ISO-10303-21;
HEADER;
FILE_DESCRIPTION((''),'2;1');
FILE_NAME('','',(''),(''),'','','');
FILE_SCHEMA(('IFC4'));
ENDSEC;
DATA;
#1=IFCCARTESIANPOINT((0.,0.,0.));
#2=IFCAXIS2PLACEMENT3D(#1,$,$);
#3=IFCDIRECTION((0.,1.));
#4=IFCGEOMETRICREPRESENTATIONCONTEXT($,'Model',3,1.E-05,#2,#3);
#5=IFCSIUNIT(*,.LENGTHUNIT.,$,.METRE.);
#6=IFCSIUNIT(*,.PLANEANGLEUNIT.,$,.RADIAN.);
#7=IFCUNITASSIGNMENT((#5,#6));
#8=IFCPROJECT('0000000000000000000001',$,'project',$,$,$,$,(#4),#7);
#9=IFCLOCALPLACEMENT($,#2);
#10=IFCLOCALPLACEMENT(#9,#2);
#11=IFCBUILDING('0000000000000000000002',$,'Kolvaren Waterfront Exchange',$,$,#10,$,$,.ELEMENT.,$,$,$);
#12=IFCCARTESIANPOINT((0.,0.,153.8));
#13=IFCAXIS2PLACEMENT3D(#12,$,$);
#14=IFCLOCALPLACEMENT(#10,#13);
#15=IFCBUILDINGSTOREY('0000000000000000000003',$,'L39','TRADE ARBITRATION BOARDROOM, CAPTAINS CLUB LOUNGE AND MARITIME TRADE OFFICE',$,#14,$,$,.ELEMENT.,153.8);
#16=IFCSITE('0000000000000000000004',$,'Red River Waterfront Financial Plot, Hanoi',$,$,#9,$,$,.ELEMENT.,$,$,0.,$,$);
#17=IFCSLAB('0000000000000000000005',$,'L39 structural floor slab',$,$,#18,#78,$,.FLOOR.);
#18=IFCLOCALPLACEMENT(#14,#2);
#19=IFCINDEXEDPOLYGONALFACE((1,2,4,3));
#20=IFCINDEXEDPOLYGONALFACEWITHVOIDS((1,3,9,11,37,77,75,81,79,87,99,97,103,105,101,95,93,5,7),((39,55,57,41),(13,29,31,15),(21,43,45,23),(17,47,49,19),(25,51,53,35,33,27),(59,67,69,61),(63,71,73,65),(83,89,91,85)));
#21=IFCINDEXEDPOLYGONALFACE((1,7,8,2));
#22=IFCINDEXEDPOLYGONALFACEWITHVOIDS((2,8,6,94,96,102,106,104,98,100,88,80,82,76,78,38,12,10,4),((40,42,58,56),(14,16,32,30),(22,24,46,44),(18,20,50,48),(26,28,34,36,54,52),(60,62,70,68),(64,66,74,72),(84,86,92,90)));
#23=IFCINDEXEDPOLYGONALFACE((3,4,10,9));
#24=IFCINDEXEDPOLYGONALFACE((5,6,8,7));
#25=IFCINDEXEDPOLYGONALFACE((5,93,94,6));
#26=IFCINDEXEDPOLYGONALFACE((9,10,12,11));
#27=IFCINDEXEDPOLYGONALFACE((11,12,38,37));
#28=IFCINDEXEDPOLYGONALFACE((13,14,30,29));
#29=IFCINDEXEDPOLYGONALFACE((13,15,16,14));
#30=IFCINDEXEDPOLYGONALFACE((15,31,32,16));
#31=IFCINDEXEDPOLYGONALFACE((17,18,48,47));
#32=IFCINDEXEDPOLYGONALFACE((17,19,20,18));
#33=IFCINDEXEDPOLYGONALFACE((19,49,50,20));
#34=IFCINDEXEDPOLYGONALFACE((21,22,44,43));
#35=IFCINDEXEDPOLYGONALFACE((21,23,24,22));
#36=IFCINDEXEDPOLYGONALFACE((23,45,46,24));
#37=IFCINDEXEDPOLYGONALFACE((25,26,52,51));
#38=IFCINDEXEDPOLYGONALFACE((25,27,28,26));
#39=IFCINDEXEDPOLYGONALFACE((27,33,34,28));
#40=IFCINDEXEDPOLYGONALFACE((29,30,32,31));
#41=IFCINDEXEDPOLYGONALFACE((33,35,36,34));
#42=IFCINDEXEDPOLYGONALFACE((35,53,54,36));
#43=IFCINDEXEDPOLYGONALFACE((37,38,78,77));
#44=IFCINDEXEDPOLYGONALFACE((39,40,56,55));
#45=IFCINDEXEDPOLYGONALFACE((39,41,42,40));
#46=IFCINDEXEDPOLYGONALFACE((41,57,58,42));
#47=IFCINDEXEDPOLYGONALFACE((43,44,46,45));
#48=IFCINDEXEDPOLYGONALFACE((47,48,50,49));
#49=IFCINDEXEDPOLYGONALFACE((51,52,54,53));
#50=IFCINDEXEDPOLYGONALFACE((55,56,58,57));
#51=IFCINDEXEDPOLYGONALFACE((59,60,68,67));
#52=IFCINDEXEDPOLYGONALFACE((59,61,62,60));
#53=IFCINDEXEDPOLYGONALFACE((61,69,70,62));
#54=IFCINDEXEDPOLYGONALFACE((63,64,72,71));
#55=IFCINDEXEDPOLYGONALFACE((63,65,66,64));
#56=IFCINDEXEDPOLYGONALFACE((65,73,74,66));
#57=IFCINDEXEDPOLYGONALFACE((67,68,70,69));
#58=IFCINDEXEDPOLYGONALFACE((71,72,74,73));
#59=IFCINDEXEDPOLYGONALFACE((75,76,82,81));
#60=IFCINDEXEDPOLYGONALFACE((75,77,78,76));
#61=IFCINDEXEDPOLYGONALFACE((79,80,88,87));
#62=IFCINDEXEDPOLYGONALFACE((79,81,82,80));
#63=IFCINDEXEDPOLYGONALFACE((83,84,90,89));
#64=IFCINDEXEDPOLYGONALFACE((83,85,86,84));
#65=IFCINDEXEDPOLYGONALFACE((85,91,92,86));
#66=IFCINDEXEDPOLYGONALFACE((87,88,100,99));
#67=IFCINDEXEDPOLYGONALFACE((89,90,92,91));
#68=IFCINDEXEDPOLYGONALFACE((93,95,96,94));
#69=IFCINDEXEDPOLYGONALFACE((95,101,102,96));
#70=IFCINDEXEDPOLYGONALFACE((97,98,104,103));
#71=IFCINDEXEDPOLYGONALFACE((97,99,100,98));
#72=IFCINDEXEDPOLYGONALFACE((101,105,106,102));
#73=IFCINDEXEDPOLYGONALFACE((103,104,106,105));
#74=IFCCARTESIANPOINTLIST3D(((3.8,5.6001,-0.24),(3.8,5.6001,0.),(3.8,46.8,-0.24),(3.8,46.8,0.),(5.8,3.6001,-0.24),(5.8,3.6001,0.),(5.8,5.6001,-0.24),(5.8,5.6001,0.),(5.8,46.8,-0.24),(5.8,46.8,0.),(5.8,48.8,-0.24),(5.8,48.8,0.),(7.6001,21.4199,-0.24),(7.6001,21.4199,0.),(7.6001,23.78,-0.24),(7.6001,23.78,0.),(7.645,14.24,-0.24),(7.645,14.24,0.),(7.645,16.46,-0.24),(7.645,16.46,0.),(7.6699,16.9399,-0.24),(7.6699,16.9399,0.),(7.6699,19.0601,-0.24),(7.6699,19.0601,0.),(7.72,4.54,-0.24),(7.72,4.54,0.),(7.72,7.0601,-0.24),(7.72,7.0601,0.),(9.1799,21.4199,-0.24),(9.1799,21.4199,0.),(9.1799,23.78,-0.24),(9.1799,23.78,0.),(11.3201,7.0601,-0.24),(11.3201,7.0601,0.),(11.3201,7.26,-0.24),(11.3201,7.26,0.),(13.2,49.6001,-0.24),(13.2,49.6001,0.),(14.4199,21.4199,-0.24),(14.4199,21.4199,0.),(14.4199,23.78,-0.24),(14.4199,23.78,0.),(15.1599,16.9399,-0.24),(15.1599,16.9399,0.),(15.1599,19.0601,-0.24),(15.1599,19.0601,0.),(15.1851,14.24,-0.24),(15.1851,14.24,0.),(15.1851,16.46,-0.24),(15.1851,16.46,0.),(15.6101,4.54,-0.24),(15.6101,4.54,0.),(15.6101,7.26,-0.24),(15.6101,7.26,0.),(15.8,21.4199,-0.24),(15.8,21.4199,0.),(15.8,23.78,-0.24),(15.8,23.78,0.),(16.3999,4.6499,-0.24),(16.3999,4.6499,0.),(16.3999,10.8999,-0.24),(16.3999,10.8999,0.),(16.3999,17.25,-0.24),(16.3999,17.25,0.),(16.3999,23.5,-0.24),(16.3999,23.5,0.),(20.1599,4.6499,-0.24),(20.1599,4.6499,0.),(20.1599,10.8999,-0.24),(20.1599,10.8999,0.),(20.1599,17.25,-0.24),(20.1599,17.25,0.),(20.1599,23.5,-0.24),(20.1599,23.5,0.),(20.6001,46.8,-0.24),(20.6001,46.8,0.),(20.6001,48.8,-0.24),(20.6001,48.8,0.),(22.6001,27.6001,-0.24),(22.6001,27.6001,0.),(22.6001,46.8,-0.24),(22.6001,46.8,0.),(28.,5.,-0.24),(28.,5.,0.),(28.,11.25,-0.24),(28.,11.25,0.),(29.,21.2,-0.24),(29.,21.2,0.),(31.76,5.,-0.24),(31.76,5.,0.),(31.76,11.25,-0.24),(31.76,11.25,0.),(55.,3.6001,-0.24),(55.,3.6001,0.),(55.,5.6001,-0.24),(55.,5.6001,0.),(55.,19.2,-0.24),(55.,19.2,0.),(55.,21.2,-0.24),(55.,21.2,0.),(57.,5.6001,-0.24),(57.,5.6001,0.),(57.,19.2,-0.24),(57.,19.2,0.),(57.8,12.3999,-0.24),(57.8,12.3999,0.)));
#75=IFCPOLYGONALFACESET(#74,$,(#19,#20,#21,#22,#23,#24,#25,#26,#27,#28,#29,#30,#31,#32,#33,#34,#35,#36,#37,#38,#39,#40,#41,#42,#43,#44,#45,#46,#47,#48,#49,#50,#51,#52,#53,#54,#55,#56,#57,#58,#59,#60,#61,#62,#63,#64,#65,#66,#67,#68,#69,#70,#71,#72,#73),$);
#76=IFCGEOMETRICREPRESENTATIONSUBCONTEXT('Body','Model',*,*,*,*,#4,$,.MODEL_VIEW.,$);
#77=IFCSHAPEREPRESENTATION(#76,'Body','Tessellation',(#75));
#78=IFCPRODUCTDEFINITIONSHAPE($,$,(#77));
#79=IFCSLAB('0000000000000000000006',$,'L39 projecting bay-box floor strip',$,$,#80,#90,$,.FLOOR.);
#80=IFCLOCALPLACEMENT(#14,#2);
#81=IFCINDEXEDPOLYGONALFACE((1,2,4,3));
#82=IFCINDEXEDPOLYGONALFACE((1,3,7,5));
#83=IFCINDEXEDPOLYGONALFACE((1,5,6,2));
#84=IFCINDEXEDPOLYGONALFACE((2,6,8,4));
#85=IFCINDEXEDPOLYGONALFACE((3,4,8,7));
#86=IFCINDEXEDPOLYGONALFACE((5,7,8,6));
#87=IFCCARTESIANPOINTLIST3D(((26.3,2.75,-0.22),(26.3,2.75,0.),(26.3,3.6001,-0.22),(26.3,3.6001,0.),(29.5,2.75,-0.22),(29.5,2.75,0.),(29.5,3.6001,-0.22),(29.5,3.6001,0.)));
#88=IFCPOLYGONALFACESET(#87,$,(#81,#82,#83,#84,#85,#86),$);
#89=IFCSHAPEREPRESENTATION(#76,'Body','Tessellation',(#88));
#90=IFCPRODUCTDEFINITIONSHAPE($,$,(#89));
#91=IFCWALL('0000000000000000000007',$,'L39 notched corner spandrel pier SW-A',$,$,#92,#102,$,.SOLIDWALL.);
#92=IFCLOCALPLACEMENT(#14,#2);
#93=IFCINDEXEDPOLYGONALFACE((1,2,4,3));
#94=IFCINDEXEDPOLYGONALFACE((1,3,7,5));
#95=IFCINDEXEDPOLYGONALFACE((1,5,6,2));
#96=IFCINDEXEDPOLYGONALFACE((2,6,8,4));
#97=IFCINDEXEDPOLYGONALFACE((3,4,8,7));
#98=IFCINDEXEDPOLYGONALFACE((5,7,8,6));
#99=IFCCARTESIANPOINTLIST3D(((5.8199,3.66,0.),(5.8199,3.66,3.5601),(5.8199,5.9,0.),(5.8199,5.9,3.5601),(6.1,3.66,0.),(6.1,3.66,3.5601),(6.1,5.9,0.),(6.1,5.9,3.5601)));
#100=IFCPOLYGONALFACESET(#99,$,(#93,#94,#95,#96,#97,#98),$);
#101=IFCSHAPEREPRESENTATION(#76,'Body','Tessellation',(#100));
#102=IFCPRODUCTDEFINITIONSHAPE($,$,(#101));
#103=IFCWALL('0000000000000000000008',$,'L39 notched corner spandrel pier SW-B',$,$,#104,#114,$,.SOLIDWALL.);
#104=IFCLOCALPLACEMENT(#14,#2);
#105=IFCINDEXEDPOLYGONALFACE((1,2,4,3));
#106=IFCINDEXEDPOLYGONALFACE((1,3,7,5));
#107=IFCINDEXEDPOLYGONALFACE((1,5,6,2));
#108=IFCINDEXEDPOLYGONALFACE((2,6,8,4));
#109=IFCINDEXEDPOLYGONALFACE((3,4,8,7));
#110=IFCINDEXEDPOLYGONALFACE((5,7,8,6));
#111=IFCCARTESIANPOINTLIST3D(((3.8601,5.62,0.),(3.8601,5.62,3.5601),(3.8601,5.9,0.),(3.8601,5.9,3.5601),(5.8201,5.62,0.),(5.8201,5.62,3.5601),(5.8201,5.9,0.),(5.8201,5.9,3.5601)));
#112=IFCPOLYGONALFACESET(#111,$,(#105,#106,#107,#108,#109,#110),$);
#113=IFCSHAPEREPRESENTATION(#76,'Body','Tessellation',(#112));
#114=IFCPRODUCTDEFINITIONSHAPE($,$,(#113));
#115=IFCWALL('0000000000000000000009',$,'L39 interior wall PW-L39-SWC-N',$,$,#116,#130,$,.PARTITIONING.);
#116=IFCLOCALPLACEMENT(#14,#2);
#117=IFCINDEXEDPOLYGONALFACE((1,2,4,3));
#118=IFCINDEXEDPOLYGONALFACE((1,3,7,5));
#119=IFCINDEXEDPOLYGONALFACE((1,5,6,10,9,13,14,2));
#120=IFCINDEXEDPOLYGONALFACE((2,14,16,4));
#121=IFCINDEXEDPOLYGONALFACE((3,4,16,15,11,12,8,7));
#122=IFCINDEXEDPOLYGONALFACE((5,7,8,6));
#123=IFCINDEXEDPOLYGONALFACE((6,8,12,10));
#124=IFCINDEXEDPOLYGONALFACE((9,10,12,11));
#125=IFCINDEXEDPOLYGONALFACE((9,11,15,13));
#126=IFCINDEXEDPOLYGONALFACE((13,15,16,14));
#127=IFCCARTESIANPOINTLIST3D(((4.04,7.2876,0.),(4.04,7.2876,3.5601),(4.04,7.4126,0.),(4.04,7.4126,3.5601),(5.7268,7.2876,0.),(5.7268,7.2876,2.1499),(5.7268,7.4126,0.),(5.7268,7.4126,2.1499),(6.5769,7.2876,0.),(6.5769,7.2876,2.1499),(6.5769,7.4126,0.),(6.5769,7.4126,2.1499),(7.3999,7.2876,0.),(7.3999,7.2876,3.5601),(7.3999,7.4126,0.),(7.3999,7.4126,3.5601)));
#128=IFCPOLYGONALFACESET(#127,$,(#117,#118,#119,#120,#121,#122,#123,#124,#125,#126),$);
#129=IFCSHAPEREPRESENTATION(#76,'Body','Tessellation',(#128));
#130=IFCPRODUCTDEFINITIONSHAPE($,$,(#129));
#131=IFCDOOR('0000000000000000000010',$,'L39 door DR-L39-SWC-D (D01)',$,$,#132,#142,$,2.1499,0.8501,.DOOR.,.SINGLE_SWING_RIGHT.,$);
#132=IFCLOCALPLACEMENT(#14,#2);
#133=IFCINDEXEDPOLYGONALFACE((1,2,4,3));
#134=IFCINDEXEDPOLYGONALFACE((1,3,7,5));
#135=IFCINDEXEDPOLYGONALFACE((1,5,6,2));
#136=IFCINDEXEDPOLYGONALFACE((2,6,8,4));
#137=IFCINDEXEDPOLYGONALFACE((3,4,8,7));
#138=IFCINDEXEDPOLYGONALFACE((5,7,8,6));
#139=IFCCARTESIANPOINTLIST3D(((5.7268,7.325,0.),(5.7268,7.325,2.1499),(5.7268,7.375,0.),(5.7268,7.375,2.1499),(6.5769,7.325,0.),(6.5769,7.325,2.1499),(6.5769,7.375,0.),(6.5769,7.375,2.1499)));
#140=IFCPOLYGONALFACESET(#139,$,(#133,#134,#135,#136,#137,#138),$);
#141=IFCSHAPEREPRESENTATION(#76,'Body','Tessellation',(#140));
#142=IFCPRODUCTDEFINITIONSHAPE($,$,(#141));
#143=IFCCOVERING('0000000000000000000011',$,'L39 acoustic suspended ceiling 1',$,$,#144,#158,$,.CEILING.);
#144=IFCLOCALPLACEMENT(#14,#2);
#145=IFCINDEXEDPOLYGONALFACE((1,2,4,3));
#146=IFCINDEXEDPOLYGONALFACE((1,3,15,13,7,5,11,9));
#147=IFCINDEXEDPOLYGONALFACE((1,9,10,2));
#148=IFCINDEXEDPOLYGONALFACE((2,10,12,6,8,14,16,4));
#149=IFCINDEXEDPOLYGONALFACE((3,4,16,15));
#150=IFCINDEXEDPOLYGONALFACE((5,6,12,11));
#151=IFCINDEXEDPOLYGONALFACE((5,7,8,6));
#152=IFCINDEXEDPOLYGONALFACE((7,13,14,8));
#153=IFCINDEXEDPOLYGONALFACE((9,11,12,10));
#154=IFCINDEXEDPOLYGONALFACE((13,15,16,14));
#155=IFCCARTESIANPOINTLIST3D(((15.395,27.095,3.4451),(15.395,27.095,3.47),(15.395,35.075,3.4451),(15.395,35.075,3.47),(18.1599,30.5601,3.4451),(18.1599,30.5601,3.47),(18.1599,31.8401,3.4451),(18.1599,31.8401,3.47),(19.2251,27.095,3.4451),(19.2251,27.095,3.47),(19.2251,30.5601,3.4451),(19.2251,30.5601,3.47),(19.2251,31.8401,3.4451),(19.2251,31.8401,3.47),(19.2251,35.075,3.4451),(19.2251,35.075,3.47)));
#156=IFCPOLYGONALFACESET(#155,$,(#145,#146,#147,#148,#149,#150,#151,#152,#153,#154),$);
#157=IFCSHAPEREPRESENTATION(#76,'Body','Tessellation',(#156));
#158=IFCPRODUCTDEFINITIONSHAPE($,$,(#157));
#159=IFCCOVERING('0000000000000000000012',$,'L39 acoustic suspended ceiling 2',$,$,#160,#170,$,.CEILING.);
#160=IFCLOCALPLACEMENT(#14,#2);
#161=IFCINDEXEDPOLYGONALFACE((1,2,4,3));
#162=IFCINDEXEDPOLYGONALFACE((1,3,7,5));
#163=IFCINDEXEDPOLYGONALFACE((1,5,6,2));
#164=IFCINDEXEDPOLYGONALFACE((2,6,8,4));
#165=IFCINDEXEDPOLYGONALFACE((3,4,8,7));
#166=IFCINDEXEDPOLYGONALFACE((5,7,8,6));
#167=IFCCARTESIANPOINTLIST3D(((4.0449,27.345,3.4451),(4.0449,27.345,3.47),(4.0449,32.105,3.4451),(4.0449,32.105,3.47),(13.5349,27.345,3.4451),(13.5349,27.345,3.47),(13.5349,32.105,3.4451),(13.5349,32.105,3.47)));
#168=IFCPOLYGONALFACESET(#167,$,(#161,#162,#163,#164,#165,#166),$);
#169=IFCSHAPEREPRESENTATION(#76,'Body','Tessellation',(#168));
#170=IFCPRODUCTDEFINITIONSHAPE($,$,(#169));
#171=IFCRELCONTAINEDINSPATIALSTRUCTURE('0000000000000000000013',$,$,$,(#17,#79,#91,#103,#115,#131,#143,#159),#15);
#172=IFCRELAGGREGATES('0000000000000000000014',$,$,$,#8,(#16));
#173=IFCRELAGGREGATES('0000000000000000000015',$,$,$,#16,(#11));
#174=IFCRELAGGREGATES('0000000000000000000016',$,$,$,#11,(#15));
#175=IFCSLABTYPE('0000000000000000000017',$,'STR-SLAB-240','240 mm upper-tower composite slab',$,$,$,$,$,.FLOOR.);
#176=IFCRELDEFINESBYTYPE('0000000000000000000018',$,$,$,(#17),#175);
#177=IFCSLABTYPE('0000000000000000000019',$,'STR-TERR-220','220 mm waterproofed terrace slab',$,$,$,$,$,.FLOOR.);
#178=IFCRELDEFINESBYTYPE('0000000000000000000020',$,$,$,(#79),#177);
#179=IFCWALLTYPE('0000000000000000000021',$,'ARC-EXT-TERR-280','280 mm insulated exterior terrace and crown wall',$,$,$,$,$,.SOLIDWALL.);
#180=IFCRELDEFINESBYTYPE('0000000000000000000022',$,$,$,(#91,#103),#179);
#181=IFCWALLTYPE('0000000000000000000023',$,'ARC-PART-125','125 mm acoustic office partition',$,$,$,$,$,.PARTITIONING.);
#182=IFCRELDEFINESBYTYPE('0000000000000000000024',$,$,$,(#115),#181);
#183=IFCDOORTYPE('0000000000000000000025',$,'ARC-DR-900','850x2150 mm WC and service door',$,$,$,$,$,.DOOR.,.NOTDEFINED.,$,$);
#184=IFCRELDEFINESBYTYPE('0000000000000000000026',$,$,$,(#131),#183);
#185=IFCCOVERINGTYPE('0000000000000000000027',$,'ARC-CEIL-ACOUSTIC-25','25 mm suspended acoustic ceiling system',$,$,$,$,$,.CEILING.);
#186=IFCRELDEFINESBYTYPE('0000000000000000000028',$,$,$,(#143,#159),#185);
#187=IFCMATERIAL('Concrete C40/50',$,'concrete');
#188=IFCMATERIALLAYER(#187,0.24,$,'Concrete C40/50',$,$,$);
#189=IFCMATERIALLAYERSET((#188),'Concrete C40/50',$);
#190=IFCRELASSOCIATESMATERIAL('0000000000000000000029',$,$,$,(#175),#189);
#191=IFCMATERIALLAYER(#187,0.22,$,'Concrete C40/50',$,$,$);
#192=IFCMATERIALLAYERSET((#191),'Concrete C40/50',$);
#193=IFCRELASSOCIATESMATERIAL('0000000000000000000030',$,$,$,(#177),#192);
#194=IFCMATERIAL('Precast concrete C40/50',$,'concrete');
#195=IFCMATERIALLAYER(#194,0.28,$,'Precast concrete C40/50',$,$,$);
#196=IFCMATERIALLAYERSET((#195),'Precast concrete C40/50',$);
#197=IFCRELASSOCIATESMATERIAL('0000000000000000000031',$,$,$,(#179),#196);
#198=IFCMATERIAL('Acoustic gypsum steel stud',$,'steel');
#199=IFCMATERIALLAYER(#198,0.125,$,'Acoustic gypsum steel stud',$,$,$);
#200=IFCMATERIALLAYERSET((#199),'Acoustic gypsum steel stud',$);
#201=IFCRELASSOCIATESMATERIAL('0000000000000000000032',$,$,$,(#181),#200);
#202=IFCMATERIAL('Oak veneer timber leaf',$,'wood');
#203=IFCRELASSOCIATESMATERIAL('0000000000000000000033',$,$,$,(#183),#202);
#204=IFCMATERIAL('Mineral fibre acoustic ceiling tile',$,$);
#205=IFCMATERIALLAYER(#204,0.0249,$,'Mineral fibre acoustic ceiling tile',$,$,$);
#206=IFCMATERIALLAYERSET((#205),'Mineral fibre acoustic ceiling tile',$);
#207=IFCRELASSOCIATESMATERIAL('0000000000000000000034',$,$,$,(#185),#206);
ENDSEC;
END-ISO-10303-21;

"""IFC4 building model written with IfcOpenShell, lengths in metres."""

from ifc_helpers import new_model, si_unit, direction, frame, frame_2d, origin, place, context, subcontext, project, spatial, polyline, rectangle, outline, extrude, material, layer, layer_set, type_object, element, fill, save


model = new_model("IFC4")

# Units and contexts
model_context = context("Model", 3, precision=1e-05, world=origin(), true_north=direction((0.0, 1.0)))
body_context = subcontext(model_context, "Body", "Model", "MODEL_VIEW")
ifc_project = project(units=[si_unit("LENGTHUNIT", "METRE"), si_unit("PLANEANGLEUNIT", "RADIAN")], contexts=[model_context])

# Site, building, storey
site_placement = place(None, origin())
site = spatial("IfcSite", under=ifc_project, at=site_placement, Name="Red River Waterfront Financial Plot, Hanoi", CompositionType="ELEMENT", RefElevation=0.0)
building_placement = place(site_placement, origin())
building = spatial("IfcBuilding", under=site, at=building_placement, Name="Kolvaren Waterfront Exchange", CompositionType="ELEMENT")
storey_placement = place(building_placement, frame((0.0, 0.0, 153.8)))
storey = spatial("IfcBuildingStorey", under=building, at=storey_placement, Name="L39", Description="TRADE ARBITRATION BOARDROOM, CAPTAINS CLUB LOUNGE AND MARITIME TRADE OFFICE", CompositionType="ELEMENT", Elevation=153.8)

# Shared definitions
ifc_material_1 = material(Name="Concrete C40/50", Category="concrete")

# Slabs
ifc_layer_1 = layer(ifc_material_1, 0.24, Name="Concrete C40/50")
ifc_layer_set_1 = layer_set([ifc_layer_1], Name="Concrete C40/50")
slab_type_1 = type_object("IfcSlabType", Name="STR-SLAB-240", Description="240 mm upper-tower composite slab", PredefinedType="FLOOR", material=ifc_layer_set_1)
slab_1_placement = place(storey_placement, frame((0.0, 0.0, -0.24)))
element("IfcSlab", 1, at=slab_1_placement, inside=storey, type_object=slab_type_1, Name="L39 structural floor slab", PredefinedType="FLOOR", context=body_context, shape_type="SweptSolid", body=[
    extrude(outline(polyline([(5.8, 3.6001), (55.0, 3.6001), (55.0, 5.6001), (57.0, 5.6001), (57.8, 12.3999), (57.0, 19.2), (55.0, 19.2), (55.0, 21.2), (29.0, 21.2), (22.6001, 27.6001), (22.6001, 46.8), (20.6001, 46.8), (20.6001, 48.8), (13.2, 49.6001), (5.8, 48.8), (5.8, 46.8), (3.8, 46.8), (3.8, 5.6001), (5.8, 5.6001), (5.8, 3.6001)]), holes=[polyline([(11.3201, 7.26), (15.6101, 7.26), (15.6101, 4.54), (7.72, 4.54), (7.72, 7.0601), (11.3201, 7.0601), (11.3201, 7.26)]), polyline([(20.1599, 10.8999), (20.1599, 4.6499), (16.3999, 4.6499), (16.3999, 10.8999), (20.1599, 10.8999)]), polyline([(31.76, 11.25), (31.76, 5.0), (28.0, 5.0), (28.0, 11.25), (31.76, 11.25)]), polyline([(15.1851, 14.24), (7.645, 14.24), (7.645, 16.46), (15.1851, 16.46), (15.1851, 14.24)]), polyline([(15.1599, 16.9399), (7.6699, 16.9399), (7.6699, 19.0601), (15.1599, 19.0601), (15.1599, 16.9399)]), polyline([(16.3999, 23.5), (20.1599, 23.5), (20.1599, 17.25), (16.3999, 17.25), (16.3999, 23.5)]), polyline([(7.6001, 23.78), (9.1799, 23.78), (9.1799, 21.4199), (7.6001, 21.4199), (7.6001, 23.78)]), polyline([(15.8, 23.78), (15.8, 21.4199), (14.4199, 21.4199), (14.4199, 23.78), (15.8, 23.78)])]), origin(), (0.0, 0.0, 1.0), 0.24),
])
ifc_layer_2 = layer(ifc_material_1, 0.22, Name="Concrete C40/50")
ifc_layer_set_2 = layer_set([ifc_layer_2], Name="Concrete C40/50")
slab_type_2 = type_object("IfcSlabType", Name="STR-TERR-220", Description="220 mm waterproofed terrace slab", PredefinedType="FLOOR", material=ifc_layer_set_2)
slab_2_placement = place(storey_placement, frame((0.0, 0.0, -0.22)))
element("IfcSlab", 2, at=slab_2_placement, inside=storey, type_object=slab_type_2, Name="L39 projecting bay-box floor strip", PredefinedType="FLOOR", context=body_context, shape_type="SweptSolid", body=[
    extrude(outline(polyline([(26.3, 2.75), (29.5, 2.75), (29.5, 3.6001), (26.3, 3.6001), (26.3, 2.75)])), origin(), (0.0, 0.0, 1.0), 0.22),
])

# Walls
ifc_material_2 = material(Name="Precast concrete C40/50", Category="concrete")
ifc_layer_3 = layer(ifc_material_2, 0.28, Name="Precast concrete C40/50")
ifc_layer_set_3 = layer_set([ifc_layer_3], Name="Precast concrete C40/50")
wall_type_1 = type_object("IfcWallType", Name="ARC-EXT-TERR-280", Description="280 mm insulated exterior terrace and crown wall", PredefinedType="SOLIDWALL", material=ifc_layer_set_3)
wall_1_placement = place(storey_placement, frame((5.96, 3.6599, 0.0), z_axis=(0.0, 0.0, 1.0), x_axis=(0.0, 1.0, 0.0)))
element("IfcWall", 3, at=wall_1_placement, inside=storey, type_object=wall_type_1, Name="L39 notched corner spandrel pier SW-A", PredefinedType="SOLIDWALL", context=body_context, shape_type="SweptSolid", body=[
    extrude(rectangle(XDim=2.24, YDim=0.28, at=frame_2d((1.1201, 0.0))), origin(), (0.0, 0.0, 1.0), 3.5601),
])
wall_2_placement = place(storey_placement, frame((3.8601, 5.76, 0.0), z_axis=(0.0, 0.0, 1.0), x_axis=(1.0, 0.0, 0.0)))
element("IfcWall", 4, at=wall_2_placement, inside=storey, type_object=wall_type_1, Name="L39 notched corner spandrel pier SW-B", PredefinedType="SOLIDWALL", context=body_context, shape_type="SweptSolid", body=[
    extrude(rectangle(XDim=1.96, YDim=0.28, at=frame_2d((0.98, 0.0))), origin(), (0.0, 0.0, 1.0), 3.5601),
])

# Wall, opening, door
ifc_material_3 = material(Name="Acoustic gypsum steel stud", Category="steel")
ifc_layer_4 = layer(ifc_material_3, 0.125, Name="Acoustic gypsum steel stud")
ifc_layer_set_4 = layer_set([ifc_layer_4], Name="Acoustic gypsum steel stud")
wall_type_2 = type_object("IfcWallType", Name="ARC-PART-125", Description="125 mm acoustic office partition", PredefinedType="PARTITIONING", material=ifc_layer_set_4)
wall_3_placement = place(storey_placement, frame((4.04, 7.3501, 0.0), z_axis=(0.0, 0.0, 1.0), x_axis=(1.0, 0.0, 0.0)))
wall_3 = element("IfcWall", 5, at=wall_3_placement, inside=storey, type_object=wall_type_2, Name="L39 interior wall PW-L39-SWC-N", PredefinedType="PARTITIONING", context=body_context, shape_type="SweptSolid", body=[
    extrude(rectangle(XDim=3.3599, YDim=0.125, at=frame_2d((1.6799, 0.0))), origin(), (0.0, 0.0, 1.0), 3.5601),
])
opening_placement = place(wall_3_placement, frame((1.6868, 0.0, 0.0)))
opening = element("IfcOpeningElement", 6, at=opening_placement, cuts=wall_3, PredefinedType="OPENING", context=body_context, shape_type="SweptSolid", body=[
    extrude(rectangle(XDim=0.8501, YDim=2.1499, at=frame_2d((0.425, 1.075))), frame((0.0, 0.0725, 0.0), z_axis=(0.0, -1.0, 0.0), x_axis=(1.0, 0.0, 0.0)), (0.0, 0.0, 1.0), 0.145),
])
ifc_material_4 = material(Name="Oak veneer timber leaf", Category="wood")
door_type = type_object("IfcDoorType", Name="ARC-DR-900", Description="850x2150 mm WC and service door", OperationType="NOTDEFINED", PredefinedType="DOOR", material=ifc_material_4)
door_placement = place(opening_placement, origin())
door = element("IfcDoor", 7, at=door_placement, inside=storey, type_object=door_type, Name="L39 door DR-L39-SWC-D (D01)", OperationType="SINGLE_SWING_RIGHT", OverallHeight=2.1499, OverallWidth=0.8501, PredefinedType="DOOR", context=body_context, shape_type="SweptSolid", body=[
    extrude(rectangle(XDim=0.8501, YDim=2.1499, at=frame_2d((0.425, 1.075))), frame((0.0, 0.0249, 0.0), z_axis=(0.0, -1.0, 0.0), x_axis=(1.0, 0.0, 0.0)), (0.0, 0.0, 1.0), 0.05),
])
fill(opening, door)

# Coverings
ifc_material_5 = material(Name="Mineral fibre acoustic ceiling tile")
ifc_layer_5 = layer(ifc_material_5, 0.0249, Name="Mineral fibre acoustic ceiling tile")
ifc_layer_set_5 = layer_set([ifc_layer_5], Name="Mineral fibre acoustic ceiling tile")
covering_type_1 = type_object("IfcCoveringType", Name="ARC-CEIL-ACOUSTIC-25", Description="25 mm suspended acoustic ceiling system", PredefinedType="CEILING", material=ifc_layer_set_5)
covering_1_placement = place(storey_placement, frame((0.0, 0.0, 3.4451)))
element("IfcCovering", 8, at=covering_1_placement, inside=storey, type_object=covering_type_1, Name="L39 acoustic suspended ceiling 1", PredefinedType="CEILING", context=body_context, shape_type="SweptSolid", body=[
    extrude(outline(polyline([(19.2251, 30.5601), (18.1599, 30.5601), (18.1599, 31.8401), (19.2251, 31.8401), (19.2251, 35.075), (15.395, 35.075), (15.395, 27.095), (19.2251, 27.095), (19.2251, 30.5601)])), origin(), (0.0, 0.0, 1.0), 0.0249),
])
covering_2_placement = place(storey_placement, frame((0.0, 0.0, 3.4451)))
element("IfcCovering", 9, at=covering_2_placement, inside=storey, type_object=covering_type_1, Name="L39 acoustic suspended ceiling 2", PredefinedType="CEILING", context=body_context, shape_type="SweptSolid", body=[
    extrude(outline(polyline([(13.5349, 27.345), (13.5349, 32.105), (4.0449, 32.105), (4.0449, 27.345), (13.5349, 27.345)])), origin(), (0.0, 0.0, 1.0), 0.0249),
])

save(model, "model.ifc")
